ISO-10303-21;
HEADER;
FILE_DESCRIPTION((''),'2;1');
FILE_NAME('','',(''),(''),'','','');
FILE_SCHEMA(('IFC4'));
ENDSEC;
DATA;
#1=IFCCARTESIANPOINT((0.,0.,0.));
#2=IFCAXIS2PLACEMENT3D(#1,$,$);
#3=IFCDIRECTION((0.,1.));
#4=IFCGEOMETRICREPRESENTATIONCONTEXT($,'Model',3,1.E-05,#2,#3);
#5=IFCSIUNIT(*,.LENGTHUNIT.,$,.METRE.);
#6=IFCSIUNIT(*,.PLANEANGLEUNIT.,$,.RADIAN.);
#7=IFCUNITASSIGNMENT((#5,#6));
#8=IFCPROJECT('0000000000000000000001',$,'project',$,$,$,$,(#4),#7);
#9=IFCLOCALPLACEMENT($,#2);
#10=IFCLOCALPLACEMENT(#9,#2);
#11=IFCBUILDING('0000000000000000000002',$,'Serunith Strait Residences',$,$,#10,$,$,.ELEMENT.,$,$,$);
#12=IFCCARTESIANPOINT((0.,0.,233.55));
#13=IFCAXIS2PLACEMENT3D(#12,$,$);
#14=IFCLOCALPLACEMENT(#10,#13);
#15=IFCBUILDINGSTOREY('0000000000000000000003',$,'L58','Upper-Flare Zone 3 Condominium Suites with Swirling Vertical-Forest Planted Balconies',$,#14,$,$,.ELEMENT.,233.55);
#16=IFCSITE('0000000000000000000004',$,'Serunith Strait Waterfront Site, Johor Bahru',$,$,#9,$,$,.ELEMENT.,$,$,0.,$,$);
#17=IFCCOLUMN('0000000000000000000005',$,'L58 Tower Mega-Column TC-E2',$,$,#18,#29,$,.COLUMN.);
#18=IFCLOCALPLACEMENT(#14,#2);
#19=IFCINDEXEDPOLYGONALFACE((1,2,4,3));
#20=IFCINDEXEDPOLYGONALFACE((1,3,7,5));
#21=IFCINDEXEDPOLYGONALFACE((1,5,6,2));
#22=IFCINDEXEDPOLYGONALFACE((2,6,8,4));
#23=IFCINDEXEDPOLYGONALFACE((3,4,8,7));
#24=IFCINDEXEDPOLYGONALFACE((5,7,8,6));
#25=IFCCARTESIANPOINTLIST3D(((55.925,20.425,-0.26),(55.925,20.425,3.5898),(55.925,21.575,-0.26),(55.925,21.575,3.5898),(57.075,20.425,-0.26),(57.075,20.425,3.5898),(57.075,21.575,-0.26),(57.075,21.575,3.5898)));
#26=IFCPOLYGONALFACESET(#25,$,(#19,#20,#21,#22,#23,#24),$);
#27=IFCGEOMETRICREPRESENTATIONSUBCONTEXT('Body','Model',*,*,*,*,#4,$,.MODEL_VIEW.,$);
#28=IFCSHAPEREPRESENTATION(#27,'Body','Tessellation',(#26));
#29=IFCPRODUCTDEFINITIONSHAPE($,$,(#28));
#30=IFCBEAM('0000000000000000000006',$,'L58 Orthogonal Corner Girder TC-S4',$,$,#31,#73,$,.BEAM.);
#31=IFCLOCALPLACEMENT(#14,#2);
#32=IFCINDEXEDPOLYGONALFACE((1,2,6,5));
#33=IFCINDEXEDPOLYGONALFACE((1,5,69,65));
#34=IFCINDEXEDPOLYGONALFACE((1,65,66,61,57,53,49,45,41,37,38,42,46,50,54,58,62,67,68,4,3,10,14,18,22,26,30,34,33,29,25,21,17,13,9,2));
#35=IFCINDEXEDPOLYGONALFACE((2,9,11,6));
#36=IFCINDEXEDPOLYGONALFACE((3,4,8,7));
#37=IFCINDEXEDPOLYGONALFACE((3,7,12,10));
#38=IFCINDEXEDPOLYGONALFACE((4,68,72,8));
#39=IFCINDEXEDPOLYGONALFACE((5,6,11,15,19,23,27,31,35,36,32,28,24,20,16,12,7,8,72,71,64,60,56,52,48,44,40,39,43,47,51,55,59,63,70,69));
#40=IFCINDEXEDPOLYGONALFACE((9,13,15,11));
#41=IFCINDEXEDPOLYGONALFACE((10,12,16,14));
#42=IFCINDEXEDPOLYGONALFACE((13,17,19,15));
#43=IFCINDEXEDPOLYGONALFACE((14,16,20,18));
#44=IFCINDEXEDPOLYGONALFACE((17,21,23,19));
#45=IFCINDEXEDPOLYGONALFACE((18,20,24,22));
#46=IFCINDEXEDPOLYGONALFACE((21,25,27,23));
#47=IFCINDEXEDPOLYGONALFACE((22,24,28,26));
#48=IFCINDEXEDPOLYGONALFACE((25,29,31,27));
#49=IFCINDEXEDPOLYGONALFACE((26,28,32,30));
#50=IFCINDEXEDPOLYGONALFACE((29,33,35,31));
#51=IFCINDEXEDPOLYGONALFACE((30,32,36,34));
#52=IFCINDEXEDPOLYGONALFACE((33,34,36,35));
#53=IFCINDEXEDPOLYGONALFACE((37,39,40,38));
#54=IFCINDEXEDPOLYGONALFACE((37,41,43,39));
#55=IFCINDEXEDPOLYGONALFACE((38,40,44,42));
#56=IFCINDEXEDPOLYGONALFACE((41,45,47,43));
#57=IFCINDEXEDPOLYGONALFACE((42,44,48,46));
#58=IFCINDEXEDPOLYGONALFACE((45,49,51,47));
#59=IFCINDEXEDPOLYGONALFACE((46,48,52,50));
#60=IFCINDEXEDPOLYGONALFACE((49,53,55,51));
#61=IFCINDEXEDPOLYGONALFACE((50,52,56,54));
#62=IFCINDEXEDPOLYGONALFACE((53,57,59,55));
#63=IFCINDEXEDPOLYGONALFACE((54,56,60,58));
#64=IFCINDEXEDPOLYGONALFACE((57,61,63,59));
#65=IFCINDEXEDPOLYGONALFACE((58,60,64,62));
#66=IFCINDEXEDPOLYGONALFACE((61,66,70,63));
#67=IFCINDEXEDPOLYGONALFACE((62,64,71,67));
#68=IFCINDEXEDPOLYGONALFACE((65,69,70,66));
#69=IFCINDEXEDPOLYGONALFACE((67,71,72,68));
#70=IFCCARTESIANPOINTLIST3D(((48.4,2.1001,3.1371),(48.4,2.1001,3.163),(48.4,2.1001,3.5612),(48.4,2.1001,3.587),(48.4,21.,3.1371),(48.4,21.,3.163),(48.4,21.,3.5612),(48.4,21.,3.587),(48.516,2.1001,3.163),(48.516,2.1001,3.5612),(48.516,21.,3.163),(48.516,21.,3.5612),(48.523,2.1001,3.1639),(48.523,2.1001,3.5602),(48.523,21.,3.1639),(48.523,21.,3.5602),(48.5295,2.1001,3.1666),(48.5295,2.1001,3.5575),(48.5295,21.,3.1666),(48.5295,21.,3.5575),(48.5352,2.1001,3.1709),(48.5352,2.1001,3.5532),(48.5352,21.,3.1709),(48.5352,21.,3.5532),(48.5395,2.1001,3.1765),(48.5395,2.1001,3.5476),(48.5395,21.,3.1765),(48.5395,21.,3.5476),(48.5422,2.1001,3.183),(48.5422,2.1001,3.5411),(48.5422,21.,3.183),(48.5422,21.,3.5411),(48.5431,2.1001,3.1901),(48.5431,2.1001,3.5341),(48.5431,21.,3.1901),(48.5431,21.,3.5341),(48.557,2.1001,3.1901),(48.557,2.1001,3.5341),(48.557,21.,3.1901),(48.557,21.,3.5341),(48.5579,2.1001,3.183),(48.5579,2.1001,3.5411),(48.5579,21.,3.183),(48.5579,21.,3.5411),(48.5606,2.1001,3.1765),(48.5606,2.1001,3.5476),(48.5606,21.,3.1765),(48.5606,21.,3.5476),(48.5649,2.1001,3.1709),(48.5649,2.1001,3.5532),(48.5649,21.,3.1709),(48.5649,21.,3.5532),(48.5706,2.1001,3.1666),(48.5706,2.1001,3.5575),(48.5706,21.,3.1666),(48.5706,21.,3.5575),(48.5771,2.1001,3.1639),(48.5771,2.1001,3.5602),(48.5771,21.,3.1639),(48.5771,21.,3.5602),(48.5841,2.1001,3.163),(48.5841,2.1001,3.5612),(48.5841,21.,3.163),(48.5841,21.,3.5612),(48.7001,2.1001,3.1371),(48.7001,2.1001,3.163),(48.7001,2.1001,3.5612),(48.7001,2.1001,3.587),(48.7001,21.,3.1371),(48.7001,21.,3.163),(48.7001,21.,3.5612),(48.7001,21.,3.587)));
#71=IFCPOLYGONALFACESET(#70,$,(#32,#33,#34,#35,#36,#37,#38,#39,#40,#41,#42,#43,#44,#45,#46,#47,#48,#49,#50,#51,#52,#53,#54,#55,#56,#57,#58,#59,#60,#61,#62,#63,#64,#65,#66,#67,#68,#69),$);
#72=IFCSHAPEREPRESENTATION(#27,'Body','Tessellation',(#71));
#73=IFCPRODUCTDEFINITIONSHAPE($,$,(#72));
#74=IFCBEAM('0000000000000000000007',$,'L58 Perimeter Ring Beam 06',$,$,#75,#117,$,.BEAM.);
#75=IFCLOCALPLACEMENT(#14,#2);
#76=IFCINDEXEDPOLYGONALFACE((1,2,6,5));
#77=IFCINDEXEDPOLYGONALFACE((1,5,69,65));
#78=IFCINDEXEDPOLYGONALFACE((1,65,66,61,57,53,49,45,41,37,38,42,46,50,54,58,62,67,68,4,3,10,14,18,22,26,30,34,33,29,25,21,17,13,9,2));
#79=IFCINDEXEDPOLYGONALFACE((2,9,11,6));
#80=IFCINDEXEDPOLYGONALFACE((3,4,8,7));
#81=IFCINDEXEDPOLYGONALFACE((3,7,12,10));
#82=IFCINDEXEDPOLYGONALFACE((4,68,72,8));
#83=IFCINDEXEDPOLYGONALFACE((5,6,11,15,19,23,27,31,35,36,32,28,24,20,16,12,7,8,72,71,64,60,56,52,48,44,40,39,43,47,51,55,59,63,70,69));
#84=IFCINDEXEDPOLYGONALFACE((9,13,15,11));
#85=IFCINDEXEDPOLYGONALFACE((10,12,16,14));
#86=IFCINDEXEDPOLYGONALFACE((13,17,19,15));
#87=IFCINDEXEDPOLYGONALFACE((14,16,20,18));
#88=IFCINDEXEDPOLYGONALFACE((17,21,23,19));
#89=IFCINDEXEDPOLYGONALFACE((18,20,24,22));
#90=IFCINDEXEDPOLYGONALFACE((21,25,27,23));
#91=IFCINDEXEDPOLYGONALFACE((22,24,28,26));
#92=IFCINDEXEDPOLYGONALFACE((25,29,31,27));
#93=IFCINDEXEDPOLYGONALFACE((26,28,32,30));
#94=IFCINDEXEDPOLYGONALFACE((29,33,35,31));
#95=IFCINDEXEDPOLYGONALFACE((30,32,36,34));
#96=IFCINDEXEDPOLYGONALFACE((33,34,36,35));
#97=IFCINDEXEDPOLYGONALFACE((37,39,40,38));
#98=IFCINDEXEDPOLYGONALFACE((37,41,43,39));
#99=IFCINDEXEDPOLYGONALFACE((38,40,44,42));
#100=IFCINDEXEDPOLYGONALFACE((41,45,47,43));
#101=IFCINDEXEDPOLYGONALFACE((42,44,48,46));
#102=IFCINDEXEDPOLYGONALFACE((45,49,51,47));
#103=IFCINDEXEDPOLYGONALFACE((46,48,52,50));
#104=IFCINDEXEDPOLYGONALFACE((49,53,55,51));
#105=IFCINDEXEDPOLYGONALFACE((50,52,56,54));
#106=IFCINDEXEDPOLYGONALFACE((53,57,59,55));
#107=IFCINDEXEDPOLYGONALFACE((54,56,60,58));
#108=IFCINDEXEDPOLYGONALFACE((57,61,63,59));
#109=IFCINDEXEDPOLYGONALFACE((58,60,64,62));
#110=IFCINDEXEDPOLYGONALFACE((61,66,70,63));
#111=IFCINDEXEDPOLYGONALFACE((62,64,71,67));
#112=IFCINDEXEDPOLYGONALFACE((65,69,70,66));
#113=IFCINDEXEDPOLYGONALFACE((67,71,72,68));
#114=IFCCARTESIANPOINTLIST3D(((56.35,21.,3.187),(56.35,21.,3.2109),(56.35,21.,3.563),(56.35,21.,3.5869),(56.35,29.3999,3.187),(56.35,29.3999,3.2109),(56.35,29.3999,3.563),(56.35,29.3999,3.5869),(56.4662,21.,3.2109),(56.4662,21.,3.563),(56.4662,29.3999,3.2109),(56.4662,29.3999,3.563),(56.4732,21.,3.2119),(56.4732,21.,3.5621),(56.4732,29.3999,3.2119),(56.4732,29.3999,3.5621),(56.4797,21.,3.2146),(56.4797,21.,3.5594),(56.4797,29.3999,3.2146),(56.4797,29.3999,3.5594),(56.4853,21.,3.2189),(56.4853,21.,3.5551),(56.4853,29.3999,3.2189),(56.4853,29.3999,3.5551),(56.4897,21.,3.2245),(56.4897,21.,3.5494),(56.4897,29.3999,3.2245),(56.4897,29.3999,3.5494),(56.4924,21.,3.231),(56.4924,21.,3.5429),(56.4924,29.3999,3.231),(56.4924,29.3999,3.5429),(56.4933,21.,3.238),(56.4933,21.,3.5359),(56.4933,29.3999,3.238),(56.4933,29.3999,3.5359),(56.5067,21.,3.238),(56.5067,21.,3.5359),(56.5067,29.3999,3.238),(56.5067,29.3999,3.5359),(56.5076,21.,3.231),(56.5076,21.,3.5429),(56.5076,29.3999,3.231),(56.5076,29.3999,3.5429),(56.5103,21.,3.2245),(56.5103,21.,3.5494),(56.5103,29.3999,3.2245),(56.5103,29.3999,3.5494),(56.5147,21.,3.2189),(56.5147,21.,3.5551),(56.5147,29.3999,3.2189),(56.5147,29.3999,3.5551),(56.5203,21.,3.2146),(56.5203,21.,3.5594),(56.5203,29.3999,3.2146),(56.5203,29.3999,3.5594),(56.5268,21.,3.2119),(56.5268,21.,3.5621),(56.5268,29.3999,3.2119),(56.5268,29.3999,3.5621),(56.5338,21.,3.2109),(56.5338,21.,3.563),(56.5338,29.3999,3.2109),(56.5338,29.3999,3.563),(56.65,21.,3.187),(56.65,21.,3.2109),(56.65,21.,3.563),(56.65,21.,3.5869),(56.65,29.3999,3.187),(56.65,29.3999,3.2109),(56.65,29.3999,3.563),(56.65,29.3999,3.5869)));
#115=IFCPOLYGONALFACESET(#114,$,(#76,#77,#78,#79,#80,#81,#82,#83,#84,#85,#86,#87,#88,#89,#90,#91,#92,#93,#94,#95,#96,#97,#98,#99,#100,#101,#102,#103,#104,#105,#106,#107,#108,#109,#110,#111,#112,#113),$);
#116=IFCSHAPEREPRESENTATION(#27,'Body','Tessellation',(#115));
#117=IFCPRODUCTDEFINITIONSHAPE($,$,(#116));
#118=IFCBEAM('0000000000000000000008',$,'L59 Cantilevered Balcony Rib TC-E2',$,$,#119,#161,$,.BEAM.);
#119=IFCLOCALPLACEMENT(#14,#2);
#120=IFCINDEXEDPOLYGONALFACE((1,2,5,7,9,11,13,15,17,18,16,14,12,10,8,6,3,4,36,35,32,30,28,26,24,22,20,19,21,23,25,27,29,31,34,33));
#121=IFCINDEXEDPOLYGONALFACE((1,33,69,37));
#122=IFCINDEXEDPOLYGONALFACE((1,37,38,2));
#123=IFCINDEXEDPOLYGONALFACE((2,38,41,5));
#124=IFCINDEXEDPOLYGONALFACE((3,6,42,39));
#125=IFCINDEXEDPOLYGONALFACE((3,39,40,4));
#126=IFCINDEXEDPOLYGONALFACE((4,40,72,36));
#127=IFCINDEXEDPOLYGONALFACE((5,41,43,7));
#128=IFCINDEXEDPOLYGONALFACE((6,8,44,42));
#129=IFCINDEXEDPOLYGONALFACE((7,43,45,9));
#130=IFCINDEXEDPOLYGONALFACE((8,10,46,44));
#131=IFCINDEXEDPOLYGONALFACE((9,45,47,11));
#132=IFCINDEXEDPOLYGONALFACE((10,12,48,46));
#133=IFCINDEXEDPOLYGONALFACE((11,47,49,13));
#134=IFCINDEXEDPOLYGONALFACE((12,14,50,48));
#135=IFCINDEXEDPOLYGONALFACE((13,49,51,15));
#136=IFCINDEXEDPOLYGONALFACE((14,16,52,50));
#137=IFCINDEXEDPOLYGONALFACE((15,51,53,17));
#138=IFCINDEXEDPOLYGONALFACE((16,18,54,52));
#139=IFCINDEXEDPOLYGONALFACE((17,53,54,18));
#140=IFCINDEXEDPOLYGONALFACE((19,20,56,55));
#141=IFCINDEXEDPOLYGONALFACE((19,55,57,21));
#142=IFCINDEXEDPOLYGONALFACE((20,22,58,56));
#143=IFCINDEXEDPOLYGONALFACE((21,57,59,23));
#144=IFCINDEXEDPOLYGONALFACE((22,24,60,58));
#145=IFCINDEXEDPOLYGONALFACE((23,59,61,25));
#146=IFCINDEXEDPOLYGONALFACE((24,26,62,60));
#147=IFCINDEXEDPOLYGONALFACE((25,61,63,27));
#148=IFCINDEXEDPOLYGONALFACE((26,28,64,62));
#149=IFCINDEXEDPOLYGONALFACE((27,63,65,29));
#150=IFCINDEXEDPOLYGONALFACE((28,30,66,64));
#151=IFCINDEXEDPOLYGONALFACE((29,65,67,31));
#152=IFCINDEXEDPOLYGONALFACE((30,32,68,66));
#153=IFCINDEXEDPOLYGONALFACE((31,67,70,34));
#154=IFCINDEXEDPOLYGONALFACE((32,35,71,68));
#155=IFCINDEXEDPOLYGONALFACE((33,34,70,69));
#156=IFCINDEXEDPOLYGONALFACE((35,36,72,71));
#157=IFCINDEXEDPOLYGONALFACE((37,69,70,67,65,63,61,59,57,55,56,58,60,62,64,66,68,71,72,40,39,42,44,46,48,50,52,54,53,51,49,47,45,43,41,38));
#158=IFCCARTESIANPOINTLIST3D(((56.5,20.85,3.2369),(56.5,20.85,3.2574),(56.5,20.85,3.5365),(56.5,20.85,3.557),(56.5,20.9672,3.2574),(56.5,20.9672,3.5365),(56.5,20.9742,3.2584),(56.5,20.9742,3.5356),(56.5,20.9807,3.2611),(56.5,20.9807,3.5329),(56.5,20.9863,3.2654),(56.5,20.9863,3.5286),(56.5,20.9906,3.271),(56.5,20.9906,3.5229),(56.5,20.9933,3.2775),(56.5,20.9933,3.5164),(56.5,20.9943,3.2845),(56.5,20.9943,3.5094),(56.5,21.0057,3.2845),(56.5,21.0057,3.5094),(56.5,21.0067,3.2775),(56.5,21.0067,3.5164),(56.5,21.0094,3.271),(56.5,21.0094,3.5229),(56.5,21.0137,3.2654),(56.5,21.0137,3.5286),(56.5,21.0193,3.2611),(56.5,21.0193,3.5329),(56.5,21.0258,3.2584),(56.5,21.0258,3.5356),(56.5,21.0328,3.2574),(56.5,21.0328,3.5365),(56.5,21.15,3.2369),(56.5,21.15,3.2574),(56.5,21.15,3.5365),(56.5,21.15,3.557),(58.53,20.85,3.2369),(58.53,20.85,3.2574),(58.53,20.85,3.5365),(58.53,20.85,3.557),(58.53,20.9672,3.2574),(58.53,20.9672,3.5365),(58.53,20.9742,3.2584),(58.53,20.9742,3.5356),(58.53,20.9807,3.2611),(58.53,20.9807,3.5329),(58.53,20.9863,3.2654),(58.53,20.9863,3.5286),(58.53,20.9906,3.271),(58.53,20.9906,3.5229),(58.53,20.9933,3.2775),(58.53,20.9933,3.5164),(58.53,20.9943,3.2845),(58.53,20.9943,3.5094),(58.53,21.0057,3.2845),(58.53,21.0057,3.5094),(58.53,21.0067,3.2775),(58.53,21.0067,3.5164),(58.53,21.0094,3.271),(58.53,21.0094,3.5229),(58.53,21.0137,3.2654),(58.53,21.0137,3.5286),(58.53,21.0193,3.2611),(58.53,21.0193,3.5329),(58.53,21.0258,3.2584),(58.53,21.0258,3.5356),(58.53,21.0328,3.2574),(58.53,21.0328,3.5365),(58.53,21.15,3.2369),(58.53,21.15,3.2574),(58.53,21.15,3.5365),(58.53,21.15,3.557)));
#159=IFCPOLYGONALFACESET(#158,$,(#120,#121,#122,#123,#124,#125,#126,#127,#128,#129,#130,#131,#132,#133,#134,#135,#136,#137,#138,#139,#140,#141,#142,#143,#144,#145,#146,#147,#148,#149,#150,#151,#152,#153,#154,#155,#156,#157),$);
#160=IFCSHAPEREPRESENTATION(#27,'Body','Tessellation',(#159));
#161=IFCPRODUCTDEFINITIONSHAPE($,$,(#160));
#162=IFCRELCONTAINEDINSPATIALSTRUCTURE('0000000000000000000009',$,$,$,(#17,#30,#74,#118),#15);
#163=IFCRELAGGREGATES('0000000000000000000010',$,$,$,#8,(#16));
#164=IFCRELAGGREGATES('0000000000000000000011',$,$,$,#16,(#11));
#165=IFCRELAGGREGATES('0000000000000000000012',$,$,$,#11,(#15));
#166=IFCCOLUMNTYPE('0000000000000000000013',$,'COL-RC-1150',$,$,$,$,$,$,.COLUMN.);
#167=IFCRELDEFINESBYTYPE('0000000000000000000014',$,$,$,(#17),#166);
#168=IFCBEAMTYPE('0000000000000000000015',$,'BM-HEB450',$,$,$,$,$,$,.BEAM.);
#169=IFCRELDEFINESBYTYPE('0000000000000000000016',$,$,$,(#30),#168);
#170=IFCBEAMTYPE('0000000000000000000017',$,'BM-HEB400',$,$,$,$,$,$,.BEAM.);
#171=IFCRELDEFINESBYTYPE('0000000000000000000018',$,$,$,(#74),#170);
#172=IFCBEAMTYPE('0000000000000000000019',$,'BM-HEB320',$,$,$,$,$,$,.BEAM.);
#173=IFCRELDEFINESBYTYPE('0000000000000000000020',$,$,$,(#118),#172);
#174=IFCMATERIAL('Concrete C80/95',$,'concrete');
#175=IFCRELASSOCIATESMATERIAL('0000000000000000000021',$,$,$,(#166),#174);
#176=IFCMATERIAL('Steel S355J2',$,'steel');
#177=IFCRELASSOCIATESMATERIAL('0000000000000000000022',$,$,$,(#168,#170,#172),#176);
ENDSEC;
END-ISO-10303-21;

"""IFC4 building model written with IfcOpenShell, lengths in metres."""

from ifc_helpers import new_model, si_unit, direction, frame, origin, origin_2d, place, context, subcontext, project, spatial, rectangle, i_section, extrude, source, transform, mapped, material, material_profile, profile_set, type_object, element, save


model = new_model("IFC4")

# Units and contexts
model_context = context("Model", 3, precision=1e-05, world=origin(), true_north=direction((0.0, 1.0)))
body_context = subcontext(model_context, "Body", "Model", "MODEL_VIEW")
ifc_project = project(units=[si_unit("LENGTHUNIT", "METRE"), si_unit("PLANEANGLEUNIT", "RADIAN")], contexts=[model_context])

# Site, building, storey
site_placement = place(None, origin())
site = spatial("IfcSite", under=ifc_project, at=site_placement, Name="Serunith Strait Waterfront Site, Johor Bahru", CompositionType="ELEMENT", RefElevation=0.0)
building_placement = place(site_placement, origin())
building = spatial("IfcBuilding", under=site, at=building_placement, Name="Serunith Strait Residences", CompositionType="ELEMENT")
storey_placement = place(building_placement, frame((0.0, 0.0, 233.55)))
storey = spatial("IfcBuildingStorey", under=building, at=storey_placement, Name="L58", Description="Upper-Flare Zone 3 Condominium Suites with Swirling Vertical-Forest Planted Balconies", CompositionType="ELEMENT", Elevation=233.55)

# Column
ifc_material_1 = material(Name="Concrete C80/95", Category="concrete")
ifc_material_profile_1 = material_profile(ifc_material_1, rectangle(XDim=1.1499, YDim=1.1499, at=origin_2d()), Name="RC 1150x1150")
ifc_profile_set_1 = profile_set([ifc_material_profile_1], Name="Concrete C80/95")
column_type = type_object("IfcColumnType", Name="COL-RC-1150", PredefinedType="COLUMN", material=ifc_profile_set_1)
shared_shape_1 = source(origin(), body_context, "Body", "SweptSolid", [
    extrude(rectangle(XDim=1.1499, YDim=1.1499, at=origin_2d()), origin(), (0.0, 0.0, 1.0), 3.8499),
])
column_placement = place(storey_placement, frame((56.5, 21.0, -0.26), z_axis=(0.0, 0.0, 1.0), x_axis=(1.0, 0.0, 0.0)))
element("IfcColumn", 1, at=column_placement, inside=storey, type_object=column_type, Name="L58 Tower Mega-Column TC-E2", PredefinedType="COLUMN", context=body_context, shape_type="MappedRepresentation", body=[
    mapped(shared_shape_1, transform((0.0, 0.0, 0.0), scale=1.0)),
])

# Beams
ifc_material_2 = material(Name="Steel S355J2", Category="steel")
ifc_material_profile_2 = material_profile(ifc_material_2, i_section(OverallWidth=0.3, OverallDepth=0.45, WebThickness=0.0139, FlangeThickness=0.0259, FilletRadius=0.0271, at=origin_2d()), Name="HEB 450")
ifc_profile_set_2 = profile_set([ifc_material_profile_2], Name="Steel S355J2")
beam_type_1 = type_object("IfcBeamType", Name="BM-HEB450", PredefinedType="BEAM", material=ifc_profile_set_2)
shared_shape_2 = source(origin(), body_context, "Body", "SweptSolid", [
    extrude(i_section(OverallWidth=0.3, OverallDepth=0.45, WebThickness=0.0139, FlangeThickness=0.0259, FilletRadius=0.0271, at=origin_2d()), origin(), (0.0, 0.0, 1.0), 18.8999),
])
beam_1_placement = place(storey_placement, frame((48.55, 21.0, 3.3621), z_axis=(0.0, -1.0, 0.0), x_axis=(1.0, 0.0, 0.0)))
element("IfcBeam", 2, at=beam_1_placement, inside=storey, type_object=beam_type_1, Name="L58 Orthogonal Corner Girder TC-S4", PredefinedType="BEAM", context=body_context, shape_type="MappedRepresentation", body=[
    mapped(shared_shape_2, transform((0.0, 0.0, 0.0), scale=1.0)),
])
ifc_material_profile_3 = material_profile(ifc_material_2, i_section(OverallWidth=0.3, OverallDepth=0.3999, WebThickness=0.0134, FlangeThickness=0.0239, FilletRadius=0.0271, at=origin_2d()), Name="HEB 400")
ifc_profile_set_3 = profile_set([ifc_material_profile_3], Name="Steel S355J2")
beam_type_2 = type_object("IfcBeamType", Name="BM-HEB400", PredefinedType="BEAM", material=ifc_profile_set_3)
shared_shape_3 = source(origin(), body_context, "Body", "SweptSolid", [
    extrude(i_section(OverallWidth=0.3, OverallDepth=0.3999, WebThickness=0.0134, FlangeThickness=0.0239, FilletRadius=0.0271, at=origin_2d()), origin(), (0.0, 0.0, 1.0), 8.3999),
])
beam_2_placement = place(storey_placement, frame((56.5, 21.0, 3.387), z_axis=(0.0, 1.0, 0.0), x_axis=(-1.0, 0.0, 0.0)))
element("IfcBeam", 3, at=beam_2_placement, inside=storey, type_object=beam_type_2, Name="L58 Perimeter Ring Beam 06", PredefinedType="BEAM", context=body_context, shape_type="MappedRepresentation", body=[
    mapped(shared_shape_3, transform((0.0, 0.0, 0.0), scale=1.0)),
])
ifc_material_profile_4 = material_profile(ifc_material_2, i_section(OverallWidth=0.3, OverallDepth=0.3201, WebThickness=0.0115, FlangeThickness=0.0205, FilletRadius=0.0271, at=origin_2d()), Name="HEB 320")
ifc_profile_set_4 = profile_set([ifc_material_profile_4], Name="Steel S355J2")
beam_type_3 = type_object("IfcBeamType", Name="BM-HEB320", PredefinedType="BEAM", material=ifc_profile_set_4)
shared_shape_4 = source(origin(), body_context, "Body", "SweptSolid", [
    extrude(i_section(OverallWidth=0.3, OverallDepth=0.3201, WebThickness=0.0115, FlangeThickness=0.0205, FilletRadius=0.0271, at=origin_2d()), origin(), (0.0, 0.0, 1.0), 2.03),
])
beam_3_placement = place(storey_placement, frame((56.5, 21.0, 3.397), z_axis=(1.0, 0.0, 0.0), x_axis=(0.0, 1.0, 0.0)))
element("IfcBeam", 4, at=beam_3_placement, inside=storey, type_object=beam_type_3, Name="L59 Cantilevered Balcony Rib TC-E2", PredefinedType="BEAM", context=body_context, shape_type="MappedRepresentation", body=[
    mapped(shared_shape_4, transform((0.0, 0.0, 0.0), scale=1.0)),
])

save(model, "model.ifc")
